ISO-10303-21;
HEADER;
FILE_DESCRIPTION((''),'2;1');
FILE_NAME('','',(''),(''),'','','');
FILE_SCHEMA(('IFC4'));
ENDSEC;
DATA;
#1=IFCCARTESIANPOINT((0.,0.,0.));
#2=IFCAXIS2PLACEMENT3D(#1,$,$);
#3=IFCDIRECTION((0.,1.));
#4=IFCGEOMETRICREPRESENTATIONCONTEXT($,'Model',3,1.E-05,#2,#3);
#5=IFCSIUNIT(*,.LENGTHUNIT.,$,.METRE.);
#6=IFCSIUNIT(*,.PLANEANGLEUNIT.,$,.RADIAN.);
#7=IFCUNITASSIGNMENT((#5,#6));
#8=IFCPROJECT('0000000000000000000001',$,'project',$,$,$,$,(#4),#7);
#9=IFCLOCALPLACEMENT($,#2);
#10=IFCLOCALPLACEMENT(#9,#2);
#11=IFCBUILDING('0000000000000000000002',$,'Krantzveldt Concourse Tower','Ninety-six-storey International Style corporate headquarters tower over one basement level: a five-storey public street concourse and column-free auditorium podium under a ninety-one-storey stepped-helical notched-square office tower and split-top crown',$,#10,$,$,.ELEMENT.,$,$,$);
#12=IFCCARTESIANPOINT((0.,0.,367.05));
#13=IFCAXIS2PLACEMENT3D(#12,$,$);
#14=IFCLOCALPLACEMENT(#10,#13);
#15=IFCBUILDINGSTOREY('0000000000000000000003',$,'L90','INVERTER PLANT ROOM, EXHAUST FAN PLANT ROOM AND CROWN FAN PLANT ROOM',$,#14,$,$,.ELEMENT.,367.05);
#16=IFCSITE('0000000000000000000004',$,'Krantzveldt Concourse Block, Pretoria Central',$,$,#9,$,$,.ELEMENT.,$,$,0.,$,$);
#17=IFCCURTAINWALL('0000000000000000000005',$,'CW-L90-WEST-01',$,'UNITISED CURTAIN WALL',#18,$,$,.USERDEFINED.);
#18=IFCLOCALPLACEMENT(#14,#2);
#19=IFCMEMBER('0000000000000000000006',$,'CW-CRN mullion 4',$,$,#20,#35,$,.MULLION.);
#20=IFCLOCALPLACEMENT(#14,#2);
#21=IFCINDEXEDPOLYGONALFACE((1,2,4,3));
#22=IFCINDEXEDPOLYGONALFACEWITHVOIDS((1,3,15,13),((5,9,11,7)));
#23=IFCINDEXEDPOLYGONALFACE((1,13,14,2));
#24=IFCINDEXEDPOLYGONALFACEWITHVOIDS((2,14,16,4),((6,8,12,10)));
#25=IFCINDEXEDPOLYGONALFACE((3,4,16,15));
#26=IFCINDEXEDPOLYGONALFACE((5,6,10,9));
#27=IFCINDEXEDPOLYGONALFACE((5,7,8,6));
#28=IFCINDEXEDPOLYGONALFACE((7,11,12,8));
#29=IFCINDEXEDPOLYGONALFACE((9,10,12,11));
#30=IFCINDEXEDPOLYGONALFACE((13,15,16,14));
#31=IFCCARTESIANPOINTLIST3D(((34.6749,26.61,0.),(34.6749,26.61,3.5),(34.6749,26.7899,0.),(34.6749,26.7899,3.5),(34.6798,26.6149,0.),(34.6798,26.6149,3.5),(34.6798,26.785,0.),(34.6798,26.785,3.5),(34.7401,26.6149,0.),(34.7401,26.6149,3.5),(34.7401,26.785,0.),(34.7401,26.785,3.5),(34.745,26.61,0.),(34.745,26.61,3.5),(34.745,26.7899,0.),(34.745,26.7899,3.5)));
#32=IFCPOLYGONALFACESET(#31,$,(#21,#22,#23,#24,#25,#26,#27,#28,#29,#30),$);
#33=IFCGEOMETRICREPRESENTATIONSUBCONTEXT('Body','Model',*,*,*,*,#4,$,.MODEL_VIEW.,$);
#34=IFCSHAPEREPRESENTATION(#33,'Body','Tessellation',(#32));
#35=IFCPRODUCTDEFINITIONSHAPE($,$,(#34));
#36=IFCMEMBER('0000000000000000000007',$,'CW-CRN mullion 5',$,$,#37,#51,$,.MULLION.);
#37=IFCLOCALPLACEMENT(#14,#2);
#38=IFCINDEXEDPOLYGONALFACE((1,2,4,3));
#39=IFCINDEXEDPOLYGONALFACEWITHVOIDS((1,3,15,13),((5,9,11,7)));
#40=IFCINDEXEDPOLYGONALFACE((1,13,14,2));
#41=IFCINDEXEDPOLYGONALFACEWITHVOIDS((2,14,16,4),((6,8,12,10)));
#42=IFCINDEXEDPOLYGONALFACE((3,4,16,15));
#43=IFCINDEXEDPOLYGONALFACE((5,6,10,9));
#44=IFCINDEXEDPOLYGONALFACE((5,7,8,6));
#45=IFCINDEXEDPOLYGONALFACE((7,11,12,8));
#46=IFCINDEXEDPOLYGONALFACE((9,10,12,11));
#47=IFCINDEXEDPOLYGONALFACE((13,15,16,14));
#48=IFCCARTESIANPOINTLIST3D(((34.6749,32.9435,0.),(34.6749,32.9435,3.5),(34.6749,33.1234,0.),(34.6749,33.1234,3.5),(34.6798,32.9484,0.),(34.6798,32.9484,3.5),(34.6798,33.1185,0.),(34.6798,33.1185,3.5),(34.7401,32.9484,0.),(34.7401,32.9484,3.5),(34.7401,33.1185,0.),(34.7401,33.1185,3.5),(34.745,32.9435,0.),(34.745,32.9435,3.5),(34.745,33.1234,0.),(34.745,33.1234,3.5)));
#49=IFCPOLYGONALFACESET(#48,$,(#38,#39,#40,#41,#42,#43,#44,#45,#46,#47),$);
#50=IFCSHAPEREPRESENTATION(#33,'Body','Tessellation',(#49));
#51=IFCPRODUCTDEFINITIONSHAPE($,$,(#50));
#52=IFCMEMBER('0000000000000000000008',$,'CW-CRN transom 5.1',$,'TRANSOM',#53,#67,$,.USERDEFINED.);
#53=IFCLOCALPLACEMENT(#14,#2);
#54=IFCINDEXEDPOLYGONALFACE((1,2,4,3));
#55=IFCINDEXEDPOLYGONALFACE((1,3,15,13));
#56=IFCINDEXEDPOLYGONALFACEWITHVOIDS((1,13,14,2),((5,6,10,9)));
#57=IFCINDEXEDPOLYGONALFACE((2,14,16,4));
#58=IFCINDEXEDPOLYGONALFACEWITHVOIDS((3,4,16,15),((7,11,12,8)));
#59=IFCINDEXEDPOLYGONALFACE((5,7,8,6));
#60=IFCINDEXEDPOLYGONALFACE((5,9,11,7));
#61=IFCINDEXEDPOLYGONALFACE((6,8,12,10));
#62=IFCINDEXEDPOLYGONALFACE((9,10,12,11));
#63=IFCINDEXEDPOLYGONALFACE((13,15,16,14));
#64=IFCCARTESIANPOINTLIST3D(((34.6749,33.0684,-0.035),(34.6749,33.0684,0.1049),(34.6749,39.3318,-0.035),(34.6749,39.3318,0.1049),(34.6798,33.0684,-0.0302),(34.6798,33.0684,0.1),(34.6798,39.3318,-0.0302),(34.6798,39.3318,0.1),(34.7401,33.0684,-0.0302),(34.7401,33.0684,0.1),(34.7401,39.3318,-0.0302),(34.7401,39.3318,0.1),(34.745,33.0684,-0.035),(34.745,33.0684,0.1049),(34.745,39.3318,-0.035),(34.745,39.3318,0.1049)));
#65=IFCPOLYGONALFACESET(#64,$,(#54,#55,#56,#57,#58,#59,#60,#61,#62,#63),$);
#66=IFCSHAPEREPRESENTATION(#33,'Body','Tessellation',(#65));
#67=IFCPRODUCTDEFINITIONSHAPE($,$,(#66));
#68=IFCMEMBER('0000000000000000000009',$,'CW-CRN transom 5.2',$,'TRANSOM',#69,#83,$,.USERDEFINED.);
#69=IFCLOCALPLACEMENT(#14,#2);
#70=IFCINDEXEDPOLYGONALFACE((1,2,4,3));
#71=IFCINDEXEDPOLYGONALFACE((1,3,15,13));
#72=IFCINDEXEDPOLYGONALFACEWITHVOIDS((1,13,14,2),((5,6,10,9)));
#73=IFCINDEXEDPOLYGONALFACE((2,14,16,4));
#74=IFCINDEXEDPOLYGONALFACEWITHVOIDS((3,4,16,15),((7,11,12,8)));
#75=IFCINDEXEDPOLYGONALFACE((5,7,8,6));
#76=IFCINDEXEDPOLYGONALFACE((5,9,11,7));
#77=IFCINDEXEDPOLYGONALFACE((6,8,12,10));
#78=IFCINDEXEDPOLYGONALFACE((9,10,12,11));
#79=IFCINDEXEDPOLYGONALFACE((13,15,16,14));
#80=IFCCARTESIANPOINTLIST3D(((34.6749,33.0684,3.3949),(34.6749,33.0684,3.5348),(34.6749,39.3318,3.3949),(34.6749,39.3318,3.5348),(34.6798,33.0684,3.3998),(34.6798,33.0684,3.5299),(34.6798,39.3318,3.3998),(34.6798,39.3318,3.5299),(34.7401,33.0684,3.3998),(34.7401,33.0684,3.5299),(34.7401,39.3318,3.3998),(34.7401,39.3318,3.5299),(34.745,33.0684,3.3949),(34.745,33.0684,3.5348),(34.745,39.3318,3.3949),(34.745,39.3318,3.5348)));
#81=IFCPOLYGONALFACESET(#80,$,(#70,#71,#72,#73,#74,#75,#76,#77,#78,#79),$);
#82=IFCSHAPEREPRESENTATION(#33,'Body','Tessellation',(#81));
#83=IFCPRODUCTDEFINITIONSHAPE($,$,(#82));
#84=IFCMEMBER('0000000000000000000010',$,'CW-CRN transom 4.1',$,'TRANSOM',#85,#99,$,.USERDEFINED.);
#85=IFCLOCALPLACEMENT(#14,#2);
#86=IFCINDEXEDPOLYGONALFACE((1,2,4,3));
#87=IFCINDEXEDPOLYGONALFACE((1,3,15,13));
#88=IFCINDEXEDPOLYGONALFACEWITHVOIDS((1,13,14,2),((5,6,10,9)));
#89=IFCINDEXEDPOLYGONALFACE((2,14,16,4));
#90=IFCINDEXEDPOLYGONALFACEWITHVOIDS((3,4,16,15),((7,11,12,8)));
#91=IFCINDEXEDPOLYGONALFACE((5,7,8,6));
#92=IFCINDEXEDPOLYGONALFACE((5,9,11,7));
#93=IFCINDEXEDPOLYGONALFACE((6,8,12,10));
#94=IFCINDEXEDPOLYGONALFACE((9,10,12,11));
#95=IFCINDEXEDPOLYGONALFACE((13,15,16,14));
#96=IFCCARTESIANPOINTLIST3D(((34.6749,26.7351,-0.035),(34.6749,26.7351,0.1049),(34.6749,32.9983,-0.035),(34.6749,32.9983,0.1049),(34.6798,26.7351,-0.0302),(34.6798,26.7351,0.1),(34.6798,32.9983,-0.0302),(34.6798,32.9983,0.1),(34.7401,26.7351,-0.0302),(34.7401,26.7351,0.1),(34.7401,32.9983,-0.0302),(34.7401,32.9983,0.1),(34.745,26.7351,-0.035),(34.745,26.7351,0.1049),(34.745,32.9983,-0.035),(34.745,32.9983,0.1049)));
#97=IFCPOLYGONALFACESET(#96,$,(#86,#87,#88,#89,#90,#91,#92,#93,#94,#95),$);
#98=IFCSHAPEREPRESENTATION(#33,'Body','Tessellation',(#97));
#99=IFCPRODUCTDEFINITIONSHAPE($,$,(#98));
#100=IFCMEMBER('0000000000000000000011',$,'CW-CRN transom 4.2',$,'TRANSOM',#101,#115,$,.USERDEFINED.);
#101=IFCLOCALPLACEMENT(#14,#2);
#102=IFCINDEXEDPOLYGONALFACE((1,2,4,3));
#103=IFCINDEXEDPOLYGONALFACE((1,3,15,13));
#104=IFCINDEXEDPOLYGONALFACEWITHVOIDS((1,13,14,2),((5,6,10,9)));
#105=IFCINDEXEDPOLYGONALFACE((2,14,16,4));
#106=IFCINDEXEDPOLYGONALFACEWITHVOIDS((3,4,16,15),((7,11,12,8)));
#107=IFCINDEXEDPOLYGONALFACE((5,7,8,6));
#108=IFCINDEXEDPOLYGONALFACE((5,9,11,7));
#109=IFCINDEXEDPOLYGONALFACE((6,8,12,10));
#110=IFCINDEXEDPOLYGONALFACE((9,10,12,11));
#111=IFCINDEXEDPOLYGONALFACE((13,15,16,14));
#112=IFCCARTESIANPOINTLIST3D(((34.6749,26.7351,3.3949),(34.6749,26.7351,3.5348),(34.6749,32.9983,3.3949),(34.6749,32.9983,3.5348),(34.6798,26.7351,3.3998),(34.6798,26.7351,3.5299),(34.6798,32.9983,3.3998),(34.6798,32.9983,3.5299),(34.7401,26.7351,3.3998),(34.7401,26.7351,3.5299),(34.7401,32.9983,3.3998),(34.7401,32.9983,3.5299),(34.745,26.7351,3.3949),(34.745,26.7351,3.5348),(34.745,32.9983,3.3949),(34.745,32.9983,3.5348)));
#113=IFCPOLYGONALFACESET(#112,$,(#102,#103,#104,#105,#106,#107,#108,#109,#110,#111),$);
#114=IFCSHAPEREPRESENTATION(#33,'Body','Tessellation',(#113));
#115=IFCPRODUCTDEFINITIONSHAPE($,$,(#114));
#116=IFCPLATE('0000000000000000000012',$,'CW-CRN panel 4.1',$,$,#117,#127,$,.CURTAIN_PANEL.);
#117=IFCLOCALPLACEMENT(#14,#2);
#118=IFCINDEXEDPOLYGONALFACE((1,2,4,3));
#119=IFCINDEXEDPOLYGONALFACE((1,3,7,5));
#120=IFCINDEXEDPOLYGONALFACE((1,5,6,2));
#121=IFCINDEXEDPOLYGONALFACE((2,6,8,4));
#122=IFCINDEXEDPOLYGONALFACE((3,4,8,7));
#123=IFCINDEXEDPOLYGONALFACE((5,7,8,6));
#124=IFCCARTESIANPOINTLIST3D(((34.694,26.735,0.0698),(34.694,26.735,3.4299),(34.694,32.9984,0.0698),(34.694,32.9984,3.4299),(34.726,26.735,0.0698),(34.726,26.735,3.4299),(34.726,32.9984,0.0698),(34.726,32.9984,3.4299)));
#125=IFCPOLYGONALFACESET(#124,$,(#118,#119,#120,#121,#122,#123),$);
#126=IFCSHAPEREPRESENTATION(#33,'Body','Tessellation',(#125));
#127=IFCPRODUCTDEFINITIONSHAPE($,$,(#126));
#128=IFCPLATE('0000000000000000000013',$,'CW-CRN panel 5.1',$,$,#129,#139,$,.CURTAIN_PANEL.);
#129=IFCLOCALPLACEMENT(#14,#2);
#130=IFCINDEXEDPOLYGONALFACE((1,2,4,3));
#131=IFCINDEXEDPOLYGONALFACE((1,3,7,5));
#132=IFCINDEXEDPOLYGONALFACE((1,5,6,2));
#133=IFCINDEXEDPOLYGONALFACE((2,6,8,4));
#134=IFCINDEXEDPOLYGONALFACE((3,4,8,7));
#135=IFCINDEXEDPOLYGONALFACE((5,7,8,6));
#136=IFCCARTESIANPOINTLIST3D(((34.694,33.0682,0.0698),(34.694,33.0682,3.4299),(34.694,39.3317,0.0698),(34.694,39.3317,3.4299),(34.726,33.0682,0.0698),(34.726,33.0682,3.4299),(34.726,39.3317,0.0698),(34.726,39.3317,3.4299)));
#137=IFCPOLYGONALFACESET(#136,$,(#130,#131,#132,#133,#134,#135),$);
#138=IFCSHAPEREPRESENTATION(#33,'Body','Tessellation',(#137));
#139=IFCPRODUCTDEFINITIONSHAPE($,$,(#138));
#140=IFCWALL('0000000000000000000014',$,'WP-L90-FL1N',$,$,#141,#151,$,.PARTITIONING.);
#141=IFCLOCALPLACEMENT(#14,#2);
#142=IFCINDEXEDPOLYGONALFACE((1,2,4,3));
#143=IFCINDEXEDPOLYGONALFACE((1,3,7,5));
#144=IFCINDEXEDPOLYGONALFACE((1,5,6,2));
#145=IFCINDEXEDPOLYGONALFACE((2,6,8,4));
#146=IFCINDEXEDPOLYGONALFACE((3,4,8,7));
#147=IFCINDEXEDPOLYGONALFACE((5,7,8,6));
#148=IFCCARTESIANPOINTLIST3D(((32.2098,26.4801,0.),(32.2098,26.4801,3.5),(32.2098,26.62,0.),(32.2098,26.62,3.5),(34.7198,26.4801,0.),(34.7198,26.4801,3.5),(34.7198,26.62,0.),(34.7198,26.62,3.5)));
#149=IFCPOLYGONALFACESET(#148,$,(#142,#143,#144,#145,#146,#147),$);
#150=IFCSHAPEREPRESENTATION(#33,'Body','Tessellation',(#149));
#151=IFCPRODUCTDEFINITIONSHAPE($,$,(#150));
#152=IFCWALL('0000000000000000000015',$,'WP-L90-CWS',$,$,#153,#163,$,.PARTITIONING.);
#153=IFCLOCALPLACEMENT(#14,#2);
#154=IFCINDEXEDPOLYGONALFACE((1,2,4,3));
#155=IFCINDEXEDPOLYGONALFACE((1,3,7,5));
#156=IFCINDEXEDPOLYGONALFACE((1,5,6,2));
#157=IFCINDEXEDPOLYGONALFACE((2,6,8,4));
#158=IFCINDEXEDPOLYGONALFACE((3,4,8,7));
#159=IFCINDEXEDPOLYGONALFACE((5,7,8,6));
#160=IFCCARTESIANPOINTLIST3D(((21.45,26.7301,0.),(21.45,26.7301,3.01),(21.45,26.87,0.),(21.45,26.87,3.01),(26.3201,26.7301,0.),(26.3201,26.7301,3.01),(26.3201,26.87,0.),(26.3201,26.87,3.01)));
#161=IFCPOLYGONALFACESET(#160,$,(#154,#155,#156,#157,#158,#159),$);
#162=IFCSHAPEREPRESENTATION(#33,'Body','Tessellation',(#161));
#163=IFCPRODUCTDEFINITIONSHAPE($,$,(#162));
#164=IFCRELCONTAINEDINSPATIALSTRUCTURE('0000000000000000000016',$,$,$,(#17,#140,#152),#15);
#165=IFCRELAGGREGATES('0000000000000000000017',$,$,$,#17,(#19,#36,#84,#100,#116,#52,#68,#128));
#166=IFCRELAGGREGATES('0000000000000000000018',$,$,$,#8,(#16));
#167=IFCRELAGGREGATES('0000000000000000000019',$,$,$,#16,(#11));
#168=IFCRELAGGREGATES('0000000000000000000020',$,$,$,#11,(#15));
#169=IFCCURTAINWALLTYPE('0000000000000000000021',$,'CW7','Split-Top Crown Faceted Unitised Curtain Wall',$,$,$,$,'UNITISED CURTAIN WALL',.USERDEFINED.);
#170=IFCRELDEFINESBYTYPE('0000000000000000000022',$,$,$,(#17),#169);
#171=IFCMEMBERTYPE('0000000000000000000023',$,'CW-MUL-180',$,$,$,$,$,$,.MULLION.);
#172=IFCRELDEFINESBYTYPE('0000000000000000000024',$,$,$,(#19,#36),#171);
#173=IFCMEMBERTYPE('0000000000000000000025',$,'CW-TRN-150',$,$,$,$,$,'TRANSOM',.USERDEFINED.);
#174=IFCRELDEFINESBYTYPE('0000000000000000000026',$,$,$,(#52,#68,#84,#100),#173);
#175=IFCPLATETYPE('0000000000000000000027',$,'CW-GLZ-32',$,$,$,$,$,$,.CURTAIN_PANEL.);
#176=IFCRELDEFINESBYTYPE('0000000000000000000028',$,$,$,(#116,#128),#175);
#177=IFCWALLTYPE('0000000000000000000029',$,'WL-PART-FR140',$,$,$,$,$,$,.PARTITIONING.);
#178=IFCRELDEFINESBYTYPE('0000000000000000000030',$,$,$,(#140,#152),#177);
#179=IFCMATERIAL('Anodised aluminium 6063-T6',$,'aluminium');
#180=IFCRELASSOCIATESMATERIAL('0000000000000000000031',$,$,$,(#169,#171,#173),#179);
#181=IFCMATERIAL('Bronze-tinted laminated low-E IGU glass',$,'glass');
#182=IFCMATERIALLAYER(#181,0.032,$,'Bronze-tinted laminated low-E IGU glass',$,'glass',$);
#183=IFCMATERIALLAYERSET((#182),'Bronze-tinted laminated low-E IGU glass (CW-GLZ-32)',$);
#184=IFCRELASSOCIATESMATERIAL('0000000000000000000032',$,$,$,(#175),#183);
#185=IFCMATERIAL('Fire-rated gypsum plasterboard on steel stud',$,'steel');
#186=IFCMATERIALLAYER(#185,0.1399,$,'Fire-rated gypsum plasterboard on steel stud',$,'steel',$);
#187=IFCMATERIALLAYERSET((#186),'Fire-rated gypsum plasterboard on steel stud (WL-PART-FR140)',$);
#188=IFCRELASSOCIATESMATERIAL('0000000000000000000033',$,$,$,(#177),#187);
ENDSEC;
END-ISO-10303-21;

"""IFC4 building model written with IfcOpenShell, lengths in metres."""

from ifc_helpers import new_model, si_unit, direction, frame, frame_2d, origin, origin_2d, place, context, subcontext, project, spatial, rectangle, hollow_rectangle, extrude, source, transform, mapped, material, layer, layer_set, material_profile, profile_set, type_object, type_shapes, element, aggregate, save


model = new_model("IFC4")

# Units and contexts
model_context = context("Model", 3, precision=1e-05, world=origin(), true_north=direction((0.0, 1.0)))
body_context = subcontext(model_context, "Body", "Model", "MODEL_VIEW")
ifc_project = project(units=[si_unit("LENGTHUNIT", "METRE"), si_unit("PLANEANGLEUNIT", "RADIAN")], contexts=[model_context])

# Site, building, storey
site_placement = place(None, origin())
site = spatial("IfcSite", under=ifc_project, at=site_placement, Name="Krantzveldt Concourse Block, Pretoria Central", CompositionType="ELEMENT", RefElevation=0.0)
building_placement = place(site_placement, origin())
building = spatial("IfcBuilding", under=site, at=building_placement, Name="Krantzveldt Concourse Tower", Description="Ninety-six-storey International Style corporate headquarters tower over one basement level: a five-storey public street concourse and column-free auditorium podium under a ninety-one-storey stepped-helical notched-square office tower and split-top crown", CompositionType="ELEMENT")
storey_placement = place(building_placement, frame((0.0, 0.0, 367.05)))
storey = spatial("IfcBuildingStorey", under=building, at=storey_placement, Name="L90", Description="INVERTER PLANT ROOM, EXHAUST FAN PLANT ROOM AND CROWN FAN PLANT ROOM", CompositionType="ELEMENT", Elevation=367.05)

# Curtain wall, members, plates
ifc_material_1 = material(Name="Anodised aluminium 6063-T6", Category="aluminium")
curtain_wall_type = type_object("IfcCurtainWallType", Name="CW7", Description="Split-Top Crown Faceted Unitised Curtain Wall", ElementType="UNITISED CURTAIN WALL", PredefinedType="USERDEFINED", material=ifc_material_1)
curtain_wall_placement = place(storey_placement, origin())
curtain_wall = element("IfcCurtainWall", 1, at=curtain_wall_placement, inside=storey, type_object=curtain_wall_type, Name="CW-L90-WEST-01", ObjectType="UNITISED CURTAIN WALL", PredefinedType="USERDEFINED")
ifc_material_profile_1 = material_profile(ifc_material_1, hollow_rectangle(XDim=0.0701, YDim=0.1799, WallThickness=0.0049, at=origin_2d()), Name="Anodised aluminium 6063-T6", Category="aluminium")
ifc_profile_set_1 = profile_set([ifc_material_profile_1], Name="Anodised aluminium 6063-T6 - ALU-MULL 180x70x5")
member_type_1 = type_object("IfcMemberType", Name="CW-MUL-180", PredefinedType="MULLION", material=ifc_profile_set_1)
shared_shape_1 = source(origin(), body_context, "Body", "SweptSolid", [
    extrude(hollow_rectangle(XDim=0.0701, YDim=0.1799, WallThickness=0.0049, at=origin_2d()), origin(), (0.0, 0.0, 1.0), 3.5),
])
type_shapes(member_type_1, [shared_shape_1])
member_1_placement = place(storey_placement, frame((34.71, 26.7, 0.0), z_axis=(0.0, 0.0, 1.0), x_axis=(-1.0, 0.0, 0.0)))
member_1 = element("IfcMember", 2, at=member_1_placement, type_object=member_type_1, Name="CW-CRN mullion 4", PredefinedType="MULLION", context=body_context, shape_type="MappedRepresentation", body=[
    mapped(shared_shape_1, transform((0.0, 0.0, 0.0), x_axis=(1.0, 0.0, 0.0), y_axis=(0.0, 1.0, 0.0), z_axis=(0.0, 0.0, 1.0), scale=1.0)),
])
member_2_placement = place(storey_placement, frame((34.71, 33.0334, 0.0), z_axis=(0.0, 0.0, 1.0), x_axis=(-1.0, 0.0, 0.0)))
member_2 = element("IfcMember", 3, at=member_2_placement, type_object=member_type_1, Name="CW-CRN mullion 5", PredefinedType="MULLION", context=body_context, shape_type="MappedRepresentation", body=[
    mapped(shared_shape_1, transform((0.0, 0.0, 0.0), x_axis=(1.0, 0.0, 0.0), y_axis=(0.0, 1.0, 0.0), z_axis=(0.0, 0.0, 1.0), scale=1.0)),
])
ifc_material_profile_2 = material_profile(ifc_material_1, hollow_rectangle(XDim=0.0701, YDim=0.1399, WallThickness=0.0049, at=origin_2d()), Name="Anodised aluminium 6063-T6", Category="aluminium")
ifc_profile_set_2 = profile_set([ifc_material_profile_2], Name="Anodised aluminium 6063-T6 - ALU-TRAN 140x70x5")
member_type_2 = type_object("IfcMemberType", Name="CW-TRN-150", ElementType="TRANSOM", PredefinedType="USERDEFINED", material=ifc_profile_set_2)
shared_shape_2 = source(origin(), body_context, "Body", "SweptSolid", [
    extrude(hollow_rectangle(XDim=0.0701, YDim=0.1399, WallThickness=0.0049, at=origin_2d()), origin(), (0.0, 0.0, 1.0), 6.2634),
])
member_3_placement = place(storey_placement, frame((34.71, 33.0684, 0.0349), z_axis=(0.0, 1.0, 0.0), x_axis=(-1.0, 0.0, 0.0)))
member_3 = element("IfcMember", 4, at=member_3_placement, type_object=member_type_2, Name="CW-CRN transom 5.1", ObjectType="TRANSOM", PredefinedType="USERDEFINED", context=body_context, shape_type="MappedRepresentation", body=[
    mapped(shared_shape_2, transform((0.0, 0.0, 0.0), x_axis=(1.0, 0.0, 0.0), y_axis=(0.0, 1.0, 0.0), z_axis=(0.0, 0.0, 1.0), scale=1.0)),
])
member_4_placement = place(storey_placement, frame((34.71, 33.0684, 3.4648), z_axis=(0.0, 1.0, 0.0), x_axis=(-1.0, 0.0, 0.0)))
member_4 = element("IfcMember", 5, at=member_4_placement, type_object=member_type_2, Name="CW-CRN transom 5.2", ObjectType="TRANSOM", PredefinedType="USERDEFINED", context=body_context, shape_type="MappedRepresentation", body=[
    mapped(shared_shape_2, transform((0.0, 0.0, 0.0), x_axis=(1.0, 0.0, 0.0), y_axis=(0.0, 1.0, 0.0), z_axis=(0.0, 0.0, 1.0), scale=1.0)),
])
shared_shape_3 = source(origin(), body_context, "Body", "SweptSolid", [
    extrude(hollow_rectangle(XDim=0.0701, YDim=0.1399, WallThickness=0.0049, at=origin_2d()), origin(), (0.0, 0.0, 1.0), 6.2632),
])
type_shapes(member_type_2, [shared_shape_2, shared_shape_3])
member_5_placement = place(storey_placement, frame((34.71, 26.7351, 0.0349), z_axis=(0.0, 1.0, 0.0), x_axis=(-1.0, 0.0, 0.0)))
member_5 = element("IfcMember", 6, at=member_5_placement, type_object=member_type_2, Name="CW-CRN transom 4.1", ObjectType="TRANSOM", PredefinedType="USERDEFINED", context=body_context, shape_type="MappedRepresentation", body=[
    mapped(shared_shape_3, transform((0.0, 0.0, 0.0), x_axis=(1.0, 0.0, 0.0), y_axis=(0.0, 1.0, 0.0), z_axis=(0.0, 0.0, 1.0), scale=1.0)),
])
member_6_placement = place(storey_placement, frame((34.71, 26.7351, 3.4648), z_axis=(0.0, 1.0, 0.0), x_axis=(-1.0, 0.0, 0.0)))
member_6 = element("IfcMember", 7, at=member_6_placement, type_object=member_type_2, Name="CW-CRN transom 4.2", ObjectType="TRANSOM", PredefinedType="USERDEFINED", context=body_context, shape_type="MappedRepresentation", body=[
    mapped(shared_shape_3, transform((0.0, 0.0, 0.0), x_axis=(1.0, 0.0, 0.0), y_axis=(0.0, 1.0, 0.0), z_axis=(0.0, 0.0, 1.0), scale=1.0)),
])
ifc_material_2 = material(Name="Bronze-tinted laminated low-E IGU glass", Category="glass")
ifc_layer_1 = layer(ifc_material_2, 0.032, Name="Bronze-tinted laminated low-E IGU glass", Category="glass")
ifc_layer_set_1 = layer_set([ifc_layer_1], Name="Bronze-tinted laminated low-E IGU glass (CW-GLZ-32)")
plate_type = type_object("IfcPlateType", Name="CW-GLZ-32", PredefinedType="CURTAIN_PANEL", material=ifc_layer_set_1)
shared_shape_4 = source(origin(), body_context, "Body", "SweptSolid", [
    extrude(rectangle(XDim=6.2634, YDim=0.032, at=origin_2d()), origin(), (0.0, 0.0, 1.0), 3.3601),
])
type_shapes(plate_type, [shared_shape_4])
plate_1_placement = place(storey_placement, frame((34.71, 29.8667, 0.0698), z_axis=(0.0, 0.0, 1.0), x_axis=(0.0, 1.0, 0.0)))
plate_1 = element("IfcPlate", 8, at=plate_1_placement, type_object=plate_type, Name="CW-CRN panel 4.1", PredefinedType="CURTAIN_PANEL", context=body_context, shape_type="MappedRepresentation", body=[
    mapped(shared_shape_4, transform((0.0, 0.0, 0.0), x_axis=(1.0, 0.0, 0.0), y_axis=(0.0, 1.0, 0.0), z_axis=(0.0, 0.0, 1.0), scale=1.0)),
])
plate_2_placement = place(storey_placement, frame((34.71, 36.2, 0.0698), z_axis=(0.0, 0.0, 1.0), x_axis=(0.0, 1.0, 0.0)))
plate_2 = element("IfcPlate", 9, at=plate_2_placement, type_object=plate_type, Name="CW-CRN panel 5.1", PredefinedType="CURTAIN_PANEL", context=body_context, shape_type="MappedRepresentation", body=[
    mapped(shared_shape_4, transform((0.0, 0.0, 0.0), x_axis=(1.0, 0.0, 0.0), y_axis=(0.0, 1.0, 0.0), z_axis=(0.0, 0.0, 1.0), scale=1.0)),
])
aggregate(curtain_wall, [member_1, member_2, member_5, member_6, plate_1, member_3, member_4, plate_2])

# Walls
ifc_material_3 = material(Name="Fire-rated gypsum plasterboard on steel stud", Category="steel")
ifc_layer_2 = layer(ifc_material_3, 0.1399, Name="Fire-rated gypsum plasterboard on steel stud", Category="steel")
ifc_layer_set_2 = layer_set([ifc_layer_2], Name="Fire-rated gypsum plasterboard on steel stud (WL-PART-FR140)")
wall_type_1 = type_object("IfcWallType", Name="WL-PART-FR140", PredefinedType="PARTITIONING", material=ifc_layer_set_2)
wall_1_placement = place(storey_placement, frame((32.21, 26.55, 0.0), z_axis=(0.0, 0.0, 1.0), x_axis=(1.0, 0.0, 0.0)))
element("IfcWall", 10, at=wall_1_placement, inside=storey, type_object=wall_type_1, Name="WP-L90-FL1N", PredefinedType="PARTITIONING", context=body_context, shape_type="SweptSolid", body=[
    extrude(rectangle(XDim=2.51, YDim=0.1399, at=frame_2d((1.2549, 0.0))), origin(), (0.0, 0.0, 1.0), 3.5),
])
wall_2_placement = place(storey_placement, frame((21.45, 26.8, 0.0), z_axis=(0.0, 0.0, 1.0), x_axis=(1.0, 0.0, 0.0)))
element("IfcWall", 11, at=wall_2_placement, inside=storey, type_object=wall_type_1, Name="WP-L90-CWS", PredefinedType="PARTITIONING", context=body_context, shape_type="SweptSolid", body=[
    extrude(rectangle(XDim=4.8701, YDim=0.1399, at=frame_2d((2.4351, 0.0))), origin(), (0.0, 0.0, 1.0), 3.01),
])

save(model, "model.ifc")
